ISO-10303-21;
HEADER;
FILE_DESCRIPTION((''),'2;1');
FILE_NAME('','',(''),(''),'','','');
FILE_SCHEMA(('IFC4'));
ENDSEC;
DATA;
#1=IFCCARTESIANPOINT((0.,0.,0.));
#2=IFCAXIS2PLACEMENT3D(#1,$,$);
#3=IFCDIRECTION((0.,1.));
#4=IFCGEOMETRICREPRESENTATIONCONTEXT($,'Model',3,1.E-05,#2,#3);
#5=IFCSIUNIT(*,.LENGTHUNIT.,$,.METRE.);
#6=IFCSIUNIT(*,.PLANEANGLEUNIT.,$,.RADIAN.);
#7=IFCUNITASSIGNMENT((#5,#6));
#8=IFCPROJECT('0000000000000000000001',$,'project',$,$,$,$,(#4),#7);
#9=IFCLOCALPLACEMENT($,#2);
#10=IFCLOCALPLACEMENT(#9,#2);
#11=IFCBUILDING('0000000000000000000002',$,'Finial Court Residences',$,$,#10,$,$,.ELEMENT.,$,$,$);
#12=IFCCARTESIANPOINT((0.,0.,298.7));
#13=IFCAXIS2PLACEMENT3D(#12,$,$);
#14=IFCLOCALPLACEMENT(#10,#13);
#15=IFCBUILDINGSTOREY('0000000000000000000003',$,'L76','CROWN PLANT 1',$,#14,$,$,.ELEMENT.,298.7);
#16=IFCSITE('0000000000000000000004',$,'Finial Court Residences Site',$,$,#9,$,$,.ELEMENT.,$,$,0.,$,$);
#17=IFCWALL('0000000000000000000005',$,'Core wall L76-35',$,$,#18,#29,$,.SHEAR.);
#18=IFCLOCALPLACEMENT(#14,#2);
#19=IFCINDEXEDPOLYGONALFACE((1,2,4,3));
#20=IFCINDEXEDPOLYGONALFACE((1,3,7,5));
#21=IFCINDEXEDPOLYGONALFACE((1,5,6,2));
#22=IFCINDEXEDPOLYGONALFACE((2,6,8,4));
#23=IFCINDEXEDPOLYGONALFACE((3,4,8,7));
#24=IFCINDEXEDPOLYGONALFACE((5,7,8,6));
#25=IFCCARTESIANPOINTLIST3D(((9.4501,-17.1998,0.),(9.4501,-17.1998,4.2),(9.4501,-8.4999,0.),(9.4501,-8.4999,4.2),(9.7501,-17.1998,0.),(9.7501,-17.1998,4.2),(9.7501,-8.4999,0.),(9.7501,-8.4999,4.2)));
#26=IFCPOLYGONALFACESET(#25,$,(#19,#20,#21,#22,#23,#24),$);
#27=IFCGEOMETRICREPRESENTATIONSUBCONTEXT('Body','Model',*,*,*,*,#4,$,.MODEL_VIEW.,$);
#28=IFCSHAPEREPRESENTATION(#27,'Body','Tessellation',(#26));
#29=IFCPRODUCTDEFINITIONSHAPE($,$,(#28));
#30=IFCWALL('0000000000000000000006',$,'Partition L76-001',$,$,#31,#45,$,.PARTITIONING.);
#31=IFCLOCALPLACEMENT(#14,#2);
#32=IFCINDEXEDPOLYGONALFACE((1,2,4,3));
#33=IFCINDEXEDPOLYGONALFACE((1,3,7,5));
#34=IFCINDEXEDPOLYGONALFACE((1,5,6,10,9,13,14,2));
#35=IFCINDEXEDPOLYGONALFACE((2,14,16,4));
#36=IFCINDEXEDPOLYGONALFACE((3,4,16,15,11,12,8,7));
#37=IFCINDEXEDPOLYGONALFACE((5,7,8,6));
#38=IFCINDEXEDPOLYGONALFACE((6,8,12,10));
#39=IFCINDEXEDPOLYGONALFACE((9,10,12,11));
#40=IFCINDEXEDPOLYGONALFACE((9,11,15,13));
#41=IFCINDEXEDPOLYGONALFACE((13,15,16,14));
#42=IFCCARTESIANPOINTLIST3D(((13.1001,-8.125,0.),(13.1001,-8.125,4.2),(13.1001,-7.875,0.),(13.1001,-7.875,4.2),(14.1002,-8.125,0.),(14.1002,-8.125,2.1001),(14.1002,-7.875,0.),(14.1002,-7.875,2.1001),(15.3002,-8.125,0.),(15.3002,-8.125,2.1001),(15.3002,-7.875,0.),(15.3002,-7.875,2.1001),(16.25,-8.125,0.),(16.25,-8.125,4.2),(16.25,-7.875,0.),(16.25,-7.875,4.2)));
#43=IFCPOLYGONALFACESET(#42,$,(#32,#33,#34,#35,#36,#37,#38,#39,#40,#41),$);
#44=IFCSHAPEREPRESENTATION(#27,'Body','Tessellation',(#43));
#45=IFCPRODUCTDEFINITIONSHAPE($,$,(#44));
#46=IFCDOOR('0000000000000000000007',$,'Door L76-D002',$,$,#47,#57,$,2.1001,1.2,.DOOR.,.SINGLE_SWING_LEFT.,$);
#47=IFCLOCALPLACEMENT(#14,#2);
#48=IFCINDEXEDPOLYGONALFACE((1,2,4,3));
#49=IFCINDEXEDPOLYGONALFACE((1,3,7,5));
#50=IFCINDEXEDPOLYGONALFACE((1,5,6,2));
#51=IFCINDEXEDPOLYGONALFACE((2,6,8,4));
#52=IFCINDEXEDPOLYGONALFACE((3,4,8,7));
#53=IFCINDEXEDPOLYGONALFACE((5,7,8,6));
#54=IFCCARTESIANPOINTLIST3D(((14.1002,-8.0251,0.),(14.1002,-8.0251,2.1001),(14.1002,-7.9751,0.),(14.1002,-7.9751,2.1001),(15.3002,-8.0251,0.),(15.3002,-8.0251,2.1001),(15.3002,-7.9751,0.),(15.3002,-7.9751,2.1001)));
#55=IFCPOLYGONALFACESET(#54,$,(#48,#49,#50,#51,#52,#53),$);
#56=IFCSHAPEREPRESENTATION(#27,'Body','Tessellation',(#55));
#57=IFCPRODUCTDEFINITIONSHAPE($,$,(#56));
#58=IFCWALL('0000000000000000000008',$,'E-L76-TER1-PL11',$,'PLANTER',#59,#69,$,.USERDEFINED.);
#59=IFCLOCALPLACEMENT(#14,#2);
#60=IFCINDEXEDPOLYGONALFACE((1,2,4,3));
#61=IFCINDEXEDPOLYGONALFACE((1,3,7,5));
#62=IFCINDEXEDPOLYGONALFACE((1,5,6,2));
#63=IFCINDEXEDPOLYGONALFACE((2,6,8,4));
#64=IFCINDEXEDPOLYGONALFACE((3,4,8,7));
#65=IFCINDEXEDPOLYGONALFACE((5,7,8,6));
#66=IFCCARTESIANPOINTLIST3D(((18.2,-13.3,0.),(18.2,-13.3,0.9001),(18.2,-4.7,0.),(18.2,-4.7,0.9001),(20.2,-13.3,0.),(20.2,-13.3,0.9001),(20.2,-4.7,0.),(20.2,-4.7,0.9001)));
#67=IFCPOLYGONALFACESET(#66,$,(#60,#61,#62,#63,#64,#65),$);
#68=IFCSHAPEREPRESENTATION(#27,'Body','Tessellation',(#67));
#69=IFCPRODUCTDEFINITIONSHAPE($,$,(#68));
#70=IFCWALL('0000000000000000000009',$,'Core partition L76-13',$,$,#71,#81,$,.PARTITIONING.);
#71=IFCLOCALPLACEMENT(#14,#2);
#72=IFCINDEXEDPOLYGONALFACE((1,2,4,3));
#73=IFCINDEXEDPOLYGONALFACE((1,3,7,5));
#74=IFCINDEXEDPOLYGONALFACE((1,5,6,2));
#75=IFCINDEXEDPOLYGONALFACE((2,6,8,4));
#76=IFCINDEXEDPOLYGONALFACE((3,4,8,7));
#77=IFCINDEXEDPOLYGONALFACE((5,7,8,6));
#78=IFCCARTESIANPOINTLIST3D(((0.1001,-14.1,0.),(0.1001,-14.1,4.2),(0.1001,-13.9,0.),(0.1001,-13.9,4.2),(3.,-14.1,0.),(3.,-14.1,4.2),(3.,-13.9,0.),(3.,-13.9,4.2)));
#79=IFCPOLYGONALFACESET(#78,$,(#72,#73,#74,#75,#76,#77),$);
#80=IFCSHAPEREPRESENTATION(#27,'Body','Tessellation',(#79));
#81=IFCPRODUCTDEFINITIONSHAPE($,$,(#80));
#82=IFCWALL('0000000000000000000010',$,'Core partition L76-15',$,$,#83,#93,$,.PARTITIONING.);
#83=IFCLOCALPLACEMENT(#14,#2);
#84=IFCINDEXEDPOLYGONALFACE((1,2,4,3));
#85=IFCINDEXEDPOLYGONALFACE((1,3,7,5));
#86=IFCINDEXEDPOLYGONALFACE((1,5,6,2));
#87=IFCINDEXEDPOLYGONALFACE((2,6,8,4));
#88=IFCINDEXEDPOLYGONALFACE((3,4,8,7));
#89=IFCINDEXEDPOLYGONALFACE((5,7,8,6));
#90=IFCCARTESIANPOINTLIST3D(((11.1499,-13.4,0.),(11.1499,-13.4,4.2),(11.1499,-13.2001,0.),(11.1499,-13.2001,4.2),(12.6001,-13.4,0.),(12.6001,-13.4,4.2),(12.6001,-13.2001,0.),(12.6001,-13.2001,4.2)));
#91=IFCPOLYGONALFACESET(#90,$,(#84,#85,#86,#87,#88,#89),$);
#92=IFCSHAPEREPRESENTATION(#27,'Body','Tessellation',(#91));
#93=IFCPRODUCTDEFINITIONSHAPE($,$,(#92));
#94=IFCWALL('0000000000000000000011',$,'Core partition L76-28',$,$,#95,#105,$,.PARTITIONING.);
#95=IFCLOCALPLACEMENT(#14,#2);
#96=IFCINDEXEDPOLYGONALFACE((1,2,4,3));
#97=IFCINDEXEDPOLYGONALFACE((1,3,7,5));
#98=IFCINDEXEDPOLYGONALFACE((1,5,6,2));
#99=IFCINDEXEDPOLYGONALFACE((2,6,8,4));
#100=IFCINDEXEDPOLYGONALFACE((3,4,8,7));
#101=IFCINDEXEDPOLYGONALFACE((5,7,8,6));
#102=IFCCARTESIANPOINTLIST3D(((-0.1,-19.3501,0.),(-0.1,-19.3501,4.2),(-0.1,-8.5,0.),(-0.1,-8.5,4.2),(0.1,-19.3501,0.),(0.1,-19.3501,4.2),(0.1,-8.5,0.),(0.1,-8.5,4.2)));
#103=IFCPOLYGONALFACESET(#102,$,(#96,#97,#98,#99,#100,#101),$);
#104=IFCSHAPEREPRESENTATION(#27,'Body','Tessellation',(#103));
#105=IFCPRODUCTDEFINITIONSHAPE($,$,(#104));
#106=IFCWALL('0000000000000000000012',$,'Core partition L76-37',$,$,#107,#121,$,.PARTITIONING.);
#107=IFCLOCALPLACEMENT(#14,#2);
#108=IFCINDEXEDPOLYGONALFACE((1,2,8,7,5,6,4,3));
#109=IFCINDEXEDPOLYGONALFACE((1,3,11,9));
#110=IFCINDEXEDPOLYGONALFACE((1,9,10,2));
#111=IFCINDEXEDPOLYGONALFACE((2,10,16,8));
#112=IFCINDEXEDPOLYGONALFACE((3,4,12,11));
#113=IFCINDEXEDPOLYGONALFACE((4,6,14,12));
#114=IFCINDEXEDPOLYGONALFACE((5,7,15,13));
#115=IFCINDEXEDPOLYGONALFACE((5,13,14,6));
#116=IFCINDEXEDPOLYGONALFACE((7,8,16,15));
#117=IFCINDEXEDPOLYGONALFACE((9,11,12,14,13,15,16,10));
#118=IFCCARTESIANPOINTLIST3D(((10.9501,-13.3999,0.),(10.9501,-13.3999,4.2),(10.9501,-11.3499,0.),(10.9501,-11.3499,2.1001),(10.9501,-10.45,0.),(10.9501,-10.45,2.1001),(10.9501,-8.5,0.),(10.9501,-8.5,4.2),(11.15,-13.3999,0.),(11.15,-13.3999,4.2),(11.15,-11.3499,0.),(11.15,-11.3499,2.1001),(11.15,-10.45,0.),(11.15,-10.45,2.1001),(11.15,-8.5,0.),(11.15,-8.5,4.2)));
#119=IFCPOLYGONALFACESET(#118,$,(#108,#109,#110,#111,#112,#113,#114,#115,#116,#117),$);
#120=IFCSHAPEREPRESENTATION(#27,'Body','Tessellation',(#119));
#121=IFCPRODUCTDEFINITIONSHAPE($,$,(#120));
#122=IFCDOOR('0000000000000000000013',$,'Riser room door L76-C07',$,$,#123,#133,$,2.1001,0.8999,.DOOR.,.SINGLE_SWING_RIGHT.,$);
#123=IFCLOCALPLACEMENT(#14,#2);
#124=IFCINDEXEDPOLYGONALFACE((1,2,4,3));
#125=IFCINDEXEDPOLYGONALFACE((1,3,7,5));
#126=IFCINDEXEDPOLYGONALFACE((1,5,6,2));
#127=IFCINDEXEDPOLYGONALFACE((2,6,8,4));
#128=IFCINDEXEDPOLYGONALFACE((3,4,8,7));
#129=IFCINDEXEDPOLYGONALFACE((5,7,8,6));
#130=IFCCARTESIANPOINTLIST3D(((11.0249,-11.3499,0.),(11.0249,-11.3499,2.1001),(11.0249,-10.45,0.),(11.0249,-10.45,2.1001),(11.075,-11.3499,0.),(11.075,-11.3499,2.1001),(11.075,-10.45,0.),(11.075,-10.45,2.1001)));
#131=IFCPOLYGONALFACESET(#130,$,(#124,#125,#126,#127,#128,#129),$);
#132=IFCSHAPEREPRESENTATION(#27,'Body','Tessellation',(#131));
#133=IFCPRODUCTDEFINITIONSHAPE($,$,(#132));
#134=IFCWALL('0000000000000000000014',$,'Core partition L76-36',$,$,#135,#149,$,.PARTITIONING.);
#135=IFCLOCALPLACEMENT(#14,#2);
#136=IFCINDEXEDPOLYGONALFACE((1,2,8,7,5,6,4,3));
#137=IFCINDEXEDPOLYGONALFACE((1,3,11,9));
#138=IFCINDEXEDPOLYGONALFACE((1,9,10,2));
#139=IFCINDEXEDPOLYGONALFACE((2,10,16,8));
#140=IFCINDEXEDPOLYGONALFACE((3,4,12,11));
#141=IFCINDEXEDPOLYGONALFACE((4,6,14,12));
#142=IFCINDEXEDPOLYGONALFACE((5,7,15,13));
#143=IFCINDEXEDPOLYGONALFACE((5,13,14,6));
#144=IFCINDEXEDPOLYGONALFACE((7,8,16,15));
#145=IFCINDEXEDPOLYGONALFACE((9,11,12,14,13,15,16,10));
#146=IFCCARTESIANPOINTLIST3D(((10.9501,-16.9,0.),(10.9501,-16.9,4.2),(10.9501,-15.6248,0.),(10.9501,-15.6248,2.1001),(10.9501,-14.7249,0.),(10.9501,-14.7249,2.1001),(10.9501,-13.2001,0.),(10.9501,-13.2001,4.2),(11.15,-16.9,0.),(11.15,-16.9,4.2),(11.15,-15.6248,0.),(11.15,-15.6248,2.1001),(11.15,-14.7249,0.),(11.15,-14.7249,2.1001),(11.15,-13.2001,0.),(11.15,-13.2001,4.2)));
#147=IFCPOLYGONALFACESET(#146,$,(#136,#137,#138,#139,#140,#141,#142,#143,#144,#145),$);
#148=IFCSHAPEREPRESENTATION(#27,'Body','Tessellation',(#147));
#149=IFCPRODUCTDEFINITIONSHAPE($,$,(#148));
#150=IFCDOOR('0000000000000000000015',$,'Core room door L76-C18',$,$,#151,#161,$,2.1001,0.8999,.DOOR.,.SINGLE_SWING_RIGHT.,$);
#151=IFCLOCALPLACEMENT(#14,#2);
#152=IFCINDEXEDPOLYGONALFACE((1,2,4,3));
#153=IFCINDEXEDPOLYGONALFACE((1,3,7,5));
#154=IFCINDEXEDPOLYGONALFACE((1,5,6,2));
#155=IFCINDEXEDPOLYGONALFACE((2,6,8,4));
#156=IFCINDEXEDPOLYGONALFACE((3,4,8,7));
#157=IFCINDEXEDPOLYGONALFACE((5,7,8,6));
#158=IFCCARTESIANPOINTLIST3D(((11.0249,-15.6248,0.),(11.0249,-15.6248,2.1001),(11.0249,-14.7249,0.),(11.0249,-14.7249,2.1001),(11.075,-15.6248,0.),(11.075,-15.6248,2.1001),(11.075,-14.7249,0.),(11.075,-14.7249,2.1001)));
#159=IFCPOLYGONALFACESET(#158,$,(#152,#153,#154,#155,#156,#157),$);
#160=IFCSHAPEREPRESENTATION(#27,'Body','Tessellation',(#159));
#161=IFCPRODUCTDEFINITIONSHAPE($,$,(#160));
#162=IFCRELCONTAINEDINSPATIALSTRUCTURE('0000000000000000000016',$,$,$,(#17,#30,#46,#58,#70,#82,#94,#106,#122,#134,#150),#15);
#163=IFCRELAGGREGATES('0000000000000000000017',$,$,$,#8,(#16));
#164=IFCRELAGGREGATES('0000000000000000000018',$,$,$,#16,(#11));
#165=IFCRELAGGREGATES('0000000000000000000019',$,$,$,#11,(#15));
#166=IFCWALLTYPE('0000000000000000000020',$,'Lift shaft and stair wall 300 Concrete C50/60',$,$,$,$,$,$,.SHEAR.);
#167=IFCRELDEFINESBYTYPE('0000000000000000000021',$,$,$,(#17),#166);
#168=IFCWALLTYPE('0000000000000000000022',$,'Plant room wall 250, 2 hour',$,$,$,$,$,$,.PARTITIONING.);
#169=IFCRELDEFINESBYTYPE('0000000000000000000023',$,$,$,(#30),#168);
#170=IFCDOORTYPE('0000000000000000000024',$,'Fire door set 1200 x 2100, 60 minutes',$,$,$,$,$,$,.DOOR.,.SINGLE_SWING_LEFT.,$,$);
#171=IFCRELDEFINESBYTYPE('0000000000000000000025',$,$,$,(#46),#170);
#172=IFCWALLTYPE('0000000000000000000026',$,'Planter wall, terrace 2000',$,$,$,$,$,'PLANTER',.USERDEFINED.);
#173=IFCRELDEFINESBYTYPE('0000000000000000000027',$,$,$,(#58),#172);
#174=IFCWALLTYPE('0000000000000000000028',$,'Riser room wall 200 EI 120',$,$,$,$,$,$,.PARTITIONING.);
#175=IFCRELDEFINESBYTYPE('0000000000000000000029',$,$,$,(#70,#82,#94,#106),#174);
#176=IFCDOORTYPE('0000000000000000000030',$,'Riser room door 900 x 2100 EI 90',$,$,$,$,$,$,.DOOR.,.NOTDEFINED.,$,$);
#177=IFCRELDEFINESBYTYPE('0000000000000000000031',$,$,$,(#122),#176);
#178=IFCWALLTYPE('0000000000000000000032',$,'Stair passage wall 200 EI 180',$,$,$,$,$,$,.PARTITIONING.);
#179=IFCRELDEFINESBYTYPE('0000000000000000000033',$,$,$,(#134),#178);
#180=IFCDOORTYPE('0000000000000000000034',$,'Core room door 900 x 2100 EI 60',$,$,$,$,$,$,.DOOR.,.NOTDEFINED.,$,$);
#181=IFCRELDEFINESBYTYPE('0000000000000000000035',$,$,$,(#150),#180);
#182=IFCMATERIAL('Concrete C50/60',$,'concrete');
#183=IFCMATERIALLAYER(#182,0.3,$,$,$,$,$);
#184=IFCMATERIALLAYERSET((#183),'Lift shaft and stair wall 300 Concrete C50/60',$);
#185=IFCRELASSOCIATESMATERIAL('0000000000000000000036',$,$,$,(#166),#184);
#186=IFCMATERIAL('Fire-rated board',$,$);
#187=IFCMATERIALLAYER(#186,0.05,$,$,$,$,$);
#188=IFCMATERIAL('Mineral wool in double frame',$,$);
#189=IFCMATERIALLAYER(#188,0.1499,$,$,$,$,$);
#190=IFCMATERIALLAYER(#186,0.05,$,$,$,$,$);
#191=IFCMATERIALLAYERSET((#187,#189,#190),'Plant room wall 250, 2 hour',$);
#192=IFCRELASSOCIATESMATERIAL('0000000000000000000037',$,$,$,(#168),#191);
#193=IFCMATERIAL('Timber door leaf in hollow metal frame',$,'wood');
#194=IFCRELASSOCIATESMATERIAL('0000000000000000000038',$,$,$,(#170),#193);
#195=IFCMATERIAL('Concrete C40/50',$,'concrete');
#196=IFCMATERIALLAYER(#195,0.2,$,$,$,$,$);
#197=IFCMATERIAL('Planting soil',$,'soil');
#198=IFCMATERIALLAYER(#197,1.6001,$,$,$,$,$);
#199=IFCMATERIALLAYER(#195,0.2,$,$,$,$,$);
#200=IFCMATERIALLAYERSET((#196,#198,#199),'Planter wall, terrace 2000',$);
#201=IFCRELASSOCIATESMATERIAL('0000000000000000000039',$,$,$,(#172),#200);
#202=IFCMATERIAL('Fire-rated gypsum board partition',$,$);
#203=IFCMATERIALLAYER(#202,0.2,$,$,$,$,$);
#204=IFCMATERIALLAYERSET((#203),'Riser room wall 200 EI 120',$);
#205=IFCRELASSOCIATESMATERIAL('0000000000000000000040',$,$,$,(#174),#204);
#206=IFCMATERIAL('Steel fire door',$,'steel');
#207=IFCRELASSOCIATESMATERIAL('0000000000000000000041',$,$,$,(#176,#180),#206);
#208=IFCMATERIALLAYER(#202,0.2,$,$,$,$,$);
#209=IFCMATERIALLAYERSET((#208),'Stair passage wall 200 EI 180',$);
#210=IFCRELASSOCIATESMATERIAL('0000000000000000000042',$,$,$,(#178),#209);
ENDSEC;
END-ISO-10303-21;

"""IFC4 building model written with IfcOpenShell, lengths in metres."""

from ifc_helpers import new_model, si_unit, direction, frame, frame_2d, origin, place, context, subcontext, project, spatial, rectangle, extrude, material, layer, layer_set, type_object, element, fill, save


model = new_model("IFC4")

# Units and contexts
model_context = context("Model", 3, precision=1e-05, world=origin(), true_north=direction((0.0, 1.0)))
body_context = subcontext(model_context, "Body", "Model", "MODEL_VIEW")
ifc_project = project(units=[si_unit("LENGTHUNIT", "METRE"), si_unit("PLANEANGLEUNIT", "RADIAN")], contexts=[model_context])

# Site, building, storey
site_placement = place(None, origin())
site = spatial("IfcSite", under=ifc_project, at=site_placement, Name="Finial Court Residences Site", CompositionType="ELEMENT", RefElevation=0.0)
building_placement = place(site_placement, origin())
building = spatial("IfcBuilding", under=site, at=building_placement, Name="Finial Court Residences", CompositionType="ELEMENT")
storey_placement = place(building_placement, frame((0.0, 0.0, 298.7)))
storey = spatial("IfcBuildingStorey", under=building, at=storey_placement, Name="L76", Description="CROWN PLANT 1", CompositionType="ELEMENT", Elevation=298.7)

# Shared definitions
ifc_material_1 = material(Name="Concrete C40/50", Category="concrete")

# Shared definitions
ifc_material_2 = material(Name="Concrete C50/60", Category="concrete")
ifc_layer_1 = layer(ifc_material_2, 0.3)
ifc_layer_set_1 = layer_set([ifc_layer_1], Name="Lift shaft and stair wall 300 Concrete C50/60")
wall_type_1 = type_object("IfcWallType", Name="Lift shaft and stair wall 300 Concrete C50/60", PredefinedType="SHEAR", material=ifc_layer_set_1)

# Shared definitions
ifc_material_3 = material(Name="Steel fire door", Category="steel")

# Wall
wall_1_placement = place(storey_placement, frame((9.6001, -17.2, 0.0), z_axis=(0.0, 0.0, 1.0), x_axis=(0.0, 1.0, 0.0)))
element("IfcWall", 1, at=wall_1_placement, inside=storey, type_object=wall_type_1, Name="Core wall L76-35", PredefinedType="SHEAR", context=body_context, shape_type="SweptSolid", body=[
    extrude(rectangle(XDim=8.7, YDim=0.3, at=frame_2d((4.3501, 0.0))), origin(), (0.0, 0.0, 1.0), 4.2),
])

# Wall, opening, door
ifc_material_4 = material(Name="Fire-rated board")
ifc_layer_2 = layer(ifc_material_4, 0.05)
ifc_material_5 = material(Name="Mineral wool in double frame")
ifc_layer_3 = layer(ifc_material_5, 0.1499)
ifc_layer_4 = layer(ifc_material_4, 0.05)
ifc_layer_set_2 = layer_set([ifc_layer_2, ifc_layer_3, ifc_layer_4], Name="Plant room wall 250, 2 hour")
wall_type_2 = type_object("IfcWallType", Name="Plant room wall 250, 2 hour", PredefinedType="PARTITIONING", material=ifc_layer_set_2)
wall_2_placement = place(storey_placement, frame((13.1001, -8.0, 0.0), z_axis=(0.0, 0.0, 1.0), x_axis=(1.0, 0.0, 0.0)))
wall_2 = element("IfcWall", 2, at=wall_2_placement, inside=storey, type_object=wall_type_2, Name="Partition L76-001", PredefinedType="PARTITIONING", context=body_context, shape_type="SweptSolid", body=[
    extrude(rectangle(XDim=3.1499, YDim=0.25, at=frame_2d((1.575, 0.0))), origin(), (0.0, 0.0, 1.0), 4.2),
])
opening_1_placement = place(wall_2_placement, frame((1.0, 0.0, 0.0)))
opening_1 = element("IfcOpeningElement", 3, at=opening_1_placement, cuts=wall_2, PredefinedType="OPENING", context=body_context, shape_type="SweptSolid", body=[
    extrude(rectangle(XDim=1.2, YDim=2.1001, at=frame_2d((0.6001, 1.05))), frame((0.0, 0.135, 0.0), z_axis=(0.0, -1.0, 0.0), x_axis=(1.0, 0.0, 0.0)), (0.0, 0.0, 1.0), 0.27),
])
ifc_material_6 = material(Name="Timber door leaf in hollow metal frame", Category="wood")
door_type_1 = type_object("IfcDoorType", Name="Fire door set 1200 x 2100, 60 minutes", OperationType="SINGLE_SWING_LEFT", PredefinedType="DOOR", material=ifc_material_6)
door_1_placement = place(opening_1_placement, origin())
door_1 = element("IfcDoor", 4, at=door_1_placement, inside=storey, type_object=door_type_1, Name="Door L76-D002", OperationType="SINGLE_SWING_LEFT", OverallHeight=2.1001, OverallWidth=1.2, PredefinedType="DOOR", context=body_context, shape_type="SweptSolid", body=[
    extrude(rectangle(XDim=1.2, YDim=2.1001, at=frame_2d((0.6001, 1.05))), frame((0.0, 0.0249, 0.0), z_axis=(0.0, -1.0, 0.0), x_axis=(1.0, 0.0, 0.0)), (0.0, 0.0, 1.0), 0.05),
])
fill(opening_1, door_1)

# Walls
ifc_layer_5 = layer(ifc_material_1, 0.2)
ifc_material_7 = material(Name="Planting soil", Category="soil")
ifc_layer_6 = layer(ifc_material_7, 1.6001)
ifc_layer_7 = layer(ifc_material_1, 0.2)
ifc_layer_set_3 = layer_set([ifc_layer_5, ifc_layer_6, ifc_layer_7], Name="Planter wall, terrace 2000")
wall_type_3 = type_object("IfcWallType", Name="Planter wall, terrace 2000", ElementType="PLANTER", PredefinedType="USERDEFINED", material=ifc_layer_set_3)
wall_3_placement = place(storey_placement, frame((19.2, -13.3, 0.0), z_axis=(0.0, 0.0, 1.0), x_axis=(0.0, 1.0, 0.0)))
element("IfcWall", 5, at=wall_3_placement, inside=storey, type_object=wall_type_3, Name="E-L76-TER1-PL11", ObjectType="PLANTER", PredefinedType="USERDEFINED", context=body_context, shape_type="SweptSolid", body=[
    extrude(rectangle(XDim=8.6001, YDim=2.0, at=frame_2d((4.3, 0.0))), origin(), (0.0, 0.0, 1.0), 0.9001),
])
ifc_material_8 = material(Name="Fire-rated gypsum board partition")
ifc_layer_8 = layer(ifc_material_8, 0.2)
ifc_layer_set_4 = layer_set([ifc_layer_8], Name="Riser room wall 200 EI 120")
wall_type_4 = type_object("IfcWallType", Name="Riser room wall 200 EI 120", PredefinedType="PARTITIONING", material=ifc_layer_set_4)
wall_4_placement = place(storey_placement, frame((0.1001, -14.0, 0.0), z_axis=(0.0, 0.0, 1.0), x_axis=(1.0, 0.0, 0.0)))
element("IfcWall", 6, at=wall_4_placement, inside=storey, type_object=wall_type_4, Name="Core partition L76-13", PredefinedType="PARTITIONING", context=body_context, shape_type="SweptSolid", body=[
    extrude(rectangle(XDim=2.8999, YDim=0.2, at=frame_2d((1.45, 0.0))), origin(), (0.0, 0.0, 1.0), 4.2),
])
wall_5_placement = place(storey_placement, frame((11.1499, -13.3, 0.0), z_axis=(0.0, 0.0, 1.0), x_axis=(1.0, 0.0, 0.0)))
element("IfcWall", 7, at=wall_5_placement, inside=storey, type_object=wall_type_4, Name="Core partition L76-15", PredefinedType="PARTITIONING", context=body_context, shape_type="SweptSolid", body=[
    extrude(rectangle(XDim=1.4502, YDim=0.2, at=frame_2d((0.7251, 0.0))), origin(), (0.0, 0.0, 1.0), 4.2),
])
wall_6_placement = place(storey_placement, frame((0.0, -19.3501, 0.0), z_axis=(0.0, 0.0, 1.0), x_axis=(0.0, 1.0, 0.0)))
element("IfcWall", 8, at=wall_6_placement, inside=storey, type_object=wall_type_4, Name="Core partition L76-28", PredefinedType="PARTITIONING", context=body_context, shape_type="SweptSolid", body=[
    extrude(rectangle(XDim=10.8501, YDim=0.2, at=frame_2d((5.425, 0.0))), origin(), (0.0, 0.0, 1.0), 4.2),
])

# Walls, openings, doors
wall_7_placement = place(storey_placement, frame((11.05, -8.5, 0.0), z_axis=(0.0, 0.0, 1.0), x_axis=(0.0, -1.0, 0.0)))
wall_7 = element("IfcWall", 9, at=wall_7_placement, inside=storey, type_object=wall_type_4, Name="Core partition L76-37", PredefinedType="PARTITIONING", context=body_context, shape_type="SweptSolid", body=[
    extrude(rectangle(XDim=4.8999, YDim=0.2, at=frame_2d((2.45, 0.0))), origin(), (0.0, 0.0, 1.0), 4.2),
])
opening_2_placement = place(wall_7_placement, frame((1.95, 0.0, 0.0)))
opening_2 = element("IfcOpeningElement", 10, at=opening_2_placement, cuts=wall_7, PredefinedType="OPENING", context=body_context, shape_type="SweptSolid", body=[
    extrude(rectangle(XDim=0.8999, YDim=2.1001, at=frame_2d((0.45, 1.05))), frame((0.0, 0.1099, 0.0), z_axis=(0.0, -1.0, 0.0), x_axis=(1.0, 0.0, 0.0)), (0.0, 0.0, 1.0), 0.22),
])
door_type_2 = type_object("IfcDoorType", Name="Riser room door 900 x 2100 EI 90", OperationType="NOTDEFINED", PredefinedType="DOOR", material=ifc_material_3)
door_2_placement = place(opening_2_placement, origin())
door_2 = element("IfcDoor", 11, at=door_2_placement, inside=storey, type_object=door_type_2, Name="Riser room door L76-C07", OperationType="SINGLE_SWING_RIGHT", OverallHeight=2.1001, OverallWidth=0.8999, PredefinedType="DOOR", context=body_context, shape_type="SweptSolid", body=[
    extrude(rectangle(XDim=0.8999, YDim=2.1001, at=frame_2d((0.45, 1.05))), frame((0.0, 0.0249, 0.0), z_axis=(0.0, -1.0, 0.0), x_axis=(1.0, 0.0, 0.0)), (0.0, 0.0, 1.0), 0.05),
])
fill(opening_2, door_2)
ifc_layer_9 = layer(ifc_material_8, 0.2)
ifc_layer_set_5 = layer_set([ifc_layer_9], Name="Stair passage wall 200 EI 180")
wall_type_5 = type_object("IfcWallType", Name="Stair passage wall 200 EI 180", PredefinedType="PARTITIONING", material=ifc_layer_set_5)
wall_8_placement = place(storey_placement, frame((11.05, -13.2, 0.0), z_axis=(0.0, 0.0, 1.0), x_axis=(0.0, -1.0, 0.0)))
wall_8 = element("IfcWall", 12, at=wall_8_placement, inside=storey, type_object=wall_type_5, Name="Core partition L76-36", PredefinedType="PARTITIONING", context=body_context, shape_type="SweptSolid", body=[
    extrude(rectangle(XDim=3.7, YDim=0.2, at=frame_2d((1.8501, 0.0))), origin(), (0.0, 0.0, 1.0), 4.2),
])
opening_3_placement = place(wall_8_placement, frame((1.5249, 0.0, 0.0)))
opening_3 = element("IfcOpeningElement", 13, at=opening_3_placement, cuts=wall_8, PredefinedType="OPENING", context=body_context, shape_type="SweptSolid", body=[
    extrude(rectangle(XDim=0.8999, YDim=2.1001, at=frame_2d((0.45, 1.05))), frame((0.0, 0.1099, 0.0), z_axis=(0.0, -1.0, 0.0), x_axis=(1.0, 0.0, 0.0)), (0.0, 0.0, 1.0), 0.22),
])
door_type_3 = type_object("IfcDoorType", Name="Core room door 900 x 2100 EI 60", OperationType="NOTDEFINED", PredefinedType="DOOR", material=ifc_material_3)
door_3_placement = place(opening_3_placement, origin())
door_3 = element("IfcDoor", 14, at=door_3_placement, inside=storey, type_object=door_type_3, Name="Core room door L76-C18", OperationType="SINGLE_SWING_RIGHT", OverallHeight=2.1001, OverallWidth=0.8999, PredefinedType="DOOR", context=body_context, shape_type="SweptSolid", body=[
    extrude(rectangle(XDim=0.8999, YDim=2.1001, at=frame_2d((0.45, 1.05))), frame((0.0, 0.0249, 0.0), z_axis=(0.0, -1.0, 0.0), x_axis=(1.0, 0.0, 0.0)), (0.0, 0.0, 1.0), 0.05),
])
fill(opening_3, door_3)

save(model, "model.ifc")
